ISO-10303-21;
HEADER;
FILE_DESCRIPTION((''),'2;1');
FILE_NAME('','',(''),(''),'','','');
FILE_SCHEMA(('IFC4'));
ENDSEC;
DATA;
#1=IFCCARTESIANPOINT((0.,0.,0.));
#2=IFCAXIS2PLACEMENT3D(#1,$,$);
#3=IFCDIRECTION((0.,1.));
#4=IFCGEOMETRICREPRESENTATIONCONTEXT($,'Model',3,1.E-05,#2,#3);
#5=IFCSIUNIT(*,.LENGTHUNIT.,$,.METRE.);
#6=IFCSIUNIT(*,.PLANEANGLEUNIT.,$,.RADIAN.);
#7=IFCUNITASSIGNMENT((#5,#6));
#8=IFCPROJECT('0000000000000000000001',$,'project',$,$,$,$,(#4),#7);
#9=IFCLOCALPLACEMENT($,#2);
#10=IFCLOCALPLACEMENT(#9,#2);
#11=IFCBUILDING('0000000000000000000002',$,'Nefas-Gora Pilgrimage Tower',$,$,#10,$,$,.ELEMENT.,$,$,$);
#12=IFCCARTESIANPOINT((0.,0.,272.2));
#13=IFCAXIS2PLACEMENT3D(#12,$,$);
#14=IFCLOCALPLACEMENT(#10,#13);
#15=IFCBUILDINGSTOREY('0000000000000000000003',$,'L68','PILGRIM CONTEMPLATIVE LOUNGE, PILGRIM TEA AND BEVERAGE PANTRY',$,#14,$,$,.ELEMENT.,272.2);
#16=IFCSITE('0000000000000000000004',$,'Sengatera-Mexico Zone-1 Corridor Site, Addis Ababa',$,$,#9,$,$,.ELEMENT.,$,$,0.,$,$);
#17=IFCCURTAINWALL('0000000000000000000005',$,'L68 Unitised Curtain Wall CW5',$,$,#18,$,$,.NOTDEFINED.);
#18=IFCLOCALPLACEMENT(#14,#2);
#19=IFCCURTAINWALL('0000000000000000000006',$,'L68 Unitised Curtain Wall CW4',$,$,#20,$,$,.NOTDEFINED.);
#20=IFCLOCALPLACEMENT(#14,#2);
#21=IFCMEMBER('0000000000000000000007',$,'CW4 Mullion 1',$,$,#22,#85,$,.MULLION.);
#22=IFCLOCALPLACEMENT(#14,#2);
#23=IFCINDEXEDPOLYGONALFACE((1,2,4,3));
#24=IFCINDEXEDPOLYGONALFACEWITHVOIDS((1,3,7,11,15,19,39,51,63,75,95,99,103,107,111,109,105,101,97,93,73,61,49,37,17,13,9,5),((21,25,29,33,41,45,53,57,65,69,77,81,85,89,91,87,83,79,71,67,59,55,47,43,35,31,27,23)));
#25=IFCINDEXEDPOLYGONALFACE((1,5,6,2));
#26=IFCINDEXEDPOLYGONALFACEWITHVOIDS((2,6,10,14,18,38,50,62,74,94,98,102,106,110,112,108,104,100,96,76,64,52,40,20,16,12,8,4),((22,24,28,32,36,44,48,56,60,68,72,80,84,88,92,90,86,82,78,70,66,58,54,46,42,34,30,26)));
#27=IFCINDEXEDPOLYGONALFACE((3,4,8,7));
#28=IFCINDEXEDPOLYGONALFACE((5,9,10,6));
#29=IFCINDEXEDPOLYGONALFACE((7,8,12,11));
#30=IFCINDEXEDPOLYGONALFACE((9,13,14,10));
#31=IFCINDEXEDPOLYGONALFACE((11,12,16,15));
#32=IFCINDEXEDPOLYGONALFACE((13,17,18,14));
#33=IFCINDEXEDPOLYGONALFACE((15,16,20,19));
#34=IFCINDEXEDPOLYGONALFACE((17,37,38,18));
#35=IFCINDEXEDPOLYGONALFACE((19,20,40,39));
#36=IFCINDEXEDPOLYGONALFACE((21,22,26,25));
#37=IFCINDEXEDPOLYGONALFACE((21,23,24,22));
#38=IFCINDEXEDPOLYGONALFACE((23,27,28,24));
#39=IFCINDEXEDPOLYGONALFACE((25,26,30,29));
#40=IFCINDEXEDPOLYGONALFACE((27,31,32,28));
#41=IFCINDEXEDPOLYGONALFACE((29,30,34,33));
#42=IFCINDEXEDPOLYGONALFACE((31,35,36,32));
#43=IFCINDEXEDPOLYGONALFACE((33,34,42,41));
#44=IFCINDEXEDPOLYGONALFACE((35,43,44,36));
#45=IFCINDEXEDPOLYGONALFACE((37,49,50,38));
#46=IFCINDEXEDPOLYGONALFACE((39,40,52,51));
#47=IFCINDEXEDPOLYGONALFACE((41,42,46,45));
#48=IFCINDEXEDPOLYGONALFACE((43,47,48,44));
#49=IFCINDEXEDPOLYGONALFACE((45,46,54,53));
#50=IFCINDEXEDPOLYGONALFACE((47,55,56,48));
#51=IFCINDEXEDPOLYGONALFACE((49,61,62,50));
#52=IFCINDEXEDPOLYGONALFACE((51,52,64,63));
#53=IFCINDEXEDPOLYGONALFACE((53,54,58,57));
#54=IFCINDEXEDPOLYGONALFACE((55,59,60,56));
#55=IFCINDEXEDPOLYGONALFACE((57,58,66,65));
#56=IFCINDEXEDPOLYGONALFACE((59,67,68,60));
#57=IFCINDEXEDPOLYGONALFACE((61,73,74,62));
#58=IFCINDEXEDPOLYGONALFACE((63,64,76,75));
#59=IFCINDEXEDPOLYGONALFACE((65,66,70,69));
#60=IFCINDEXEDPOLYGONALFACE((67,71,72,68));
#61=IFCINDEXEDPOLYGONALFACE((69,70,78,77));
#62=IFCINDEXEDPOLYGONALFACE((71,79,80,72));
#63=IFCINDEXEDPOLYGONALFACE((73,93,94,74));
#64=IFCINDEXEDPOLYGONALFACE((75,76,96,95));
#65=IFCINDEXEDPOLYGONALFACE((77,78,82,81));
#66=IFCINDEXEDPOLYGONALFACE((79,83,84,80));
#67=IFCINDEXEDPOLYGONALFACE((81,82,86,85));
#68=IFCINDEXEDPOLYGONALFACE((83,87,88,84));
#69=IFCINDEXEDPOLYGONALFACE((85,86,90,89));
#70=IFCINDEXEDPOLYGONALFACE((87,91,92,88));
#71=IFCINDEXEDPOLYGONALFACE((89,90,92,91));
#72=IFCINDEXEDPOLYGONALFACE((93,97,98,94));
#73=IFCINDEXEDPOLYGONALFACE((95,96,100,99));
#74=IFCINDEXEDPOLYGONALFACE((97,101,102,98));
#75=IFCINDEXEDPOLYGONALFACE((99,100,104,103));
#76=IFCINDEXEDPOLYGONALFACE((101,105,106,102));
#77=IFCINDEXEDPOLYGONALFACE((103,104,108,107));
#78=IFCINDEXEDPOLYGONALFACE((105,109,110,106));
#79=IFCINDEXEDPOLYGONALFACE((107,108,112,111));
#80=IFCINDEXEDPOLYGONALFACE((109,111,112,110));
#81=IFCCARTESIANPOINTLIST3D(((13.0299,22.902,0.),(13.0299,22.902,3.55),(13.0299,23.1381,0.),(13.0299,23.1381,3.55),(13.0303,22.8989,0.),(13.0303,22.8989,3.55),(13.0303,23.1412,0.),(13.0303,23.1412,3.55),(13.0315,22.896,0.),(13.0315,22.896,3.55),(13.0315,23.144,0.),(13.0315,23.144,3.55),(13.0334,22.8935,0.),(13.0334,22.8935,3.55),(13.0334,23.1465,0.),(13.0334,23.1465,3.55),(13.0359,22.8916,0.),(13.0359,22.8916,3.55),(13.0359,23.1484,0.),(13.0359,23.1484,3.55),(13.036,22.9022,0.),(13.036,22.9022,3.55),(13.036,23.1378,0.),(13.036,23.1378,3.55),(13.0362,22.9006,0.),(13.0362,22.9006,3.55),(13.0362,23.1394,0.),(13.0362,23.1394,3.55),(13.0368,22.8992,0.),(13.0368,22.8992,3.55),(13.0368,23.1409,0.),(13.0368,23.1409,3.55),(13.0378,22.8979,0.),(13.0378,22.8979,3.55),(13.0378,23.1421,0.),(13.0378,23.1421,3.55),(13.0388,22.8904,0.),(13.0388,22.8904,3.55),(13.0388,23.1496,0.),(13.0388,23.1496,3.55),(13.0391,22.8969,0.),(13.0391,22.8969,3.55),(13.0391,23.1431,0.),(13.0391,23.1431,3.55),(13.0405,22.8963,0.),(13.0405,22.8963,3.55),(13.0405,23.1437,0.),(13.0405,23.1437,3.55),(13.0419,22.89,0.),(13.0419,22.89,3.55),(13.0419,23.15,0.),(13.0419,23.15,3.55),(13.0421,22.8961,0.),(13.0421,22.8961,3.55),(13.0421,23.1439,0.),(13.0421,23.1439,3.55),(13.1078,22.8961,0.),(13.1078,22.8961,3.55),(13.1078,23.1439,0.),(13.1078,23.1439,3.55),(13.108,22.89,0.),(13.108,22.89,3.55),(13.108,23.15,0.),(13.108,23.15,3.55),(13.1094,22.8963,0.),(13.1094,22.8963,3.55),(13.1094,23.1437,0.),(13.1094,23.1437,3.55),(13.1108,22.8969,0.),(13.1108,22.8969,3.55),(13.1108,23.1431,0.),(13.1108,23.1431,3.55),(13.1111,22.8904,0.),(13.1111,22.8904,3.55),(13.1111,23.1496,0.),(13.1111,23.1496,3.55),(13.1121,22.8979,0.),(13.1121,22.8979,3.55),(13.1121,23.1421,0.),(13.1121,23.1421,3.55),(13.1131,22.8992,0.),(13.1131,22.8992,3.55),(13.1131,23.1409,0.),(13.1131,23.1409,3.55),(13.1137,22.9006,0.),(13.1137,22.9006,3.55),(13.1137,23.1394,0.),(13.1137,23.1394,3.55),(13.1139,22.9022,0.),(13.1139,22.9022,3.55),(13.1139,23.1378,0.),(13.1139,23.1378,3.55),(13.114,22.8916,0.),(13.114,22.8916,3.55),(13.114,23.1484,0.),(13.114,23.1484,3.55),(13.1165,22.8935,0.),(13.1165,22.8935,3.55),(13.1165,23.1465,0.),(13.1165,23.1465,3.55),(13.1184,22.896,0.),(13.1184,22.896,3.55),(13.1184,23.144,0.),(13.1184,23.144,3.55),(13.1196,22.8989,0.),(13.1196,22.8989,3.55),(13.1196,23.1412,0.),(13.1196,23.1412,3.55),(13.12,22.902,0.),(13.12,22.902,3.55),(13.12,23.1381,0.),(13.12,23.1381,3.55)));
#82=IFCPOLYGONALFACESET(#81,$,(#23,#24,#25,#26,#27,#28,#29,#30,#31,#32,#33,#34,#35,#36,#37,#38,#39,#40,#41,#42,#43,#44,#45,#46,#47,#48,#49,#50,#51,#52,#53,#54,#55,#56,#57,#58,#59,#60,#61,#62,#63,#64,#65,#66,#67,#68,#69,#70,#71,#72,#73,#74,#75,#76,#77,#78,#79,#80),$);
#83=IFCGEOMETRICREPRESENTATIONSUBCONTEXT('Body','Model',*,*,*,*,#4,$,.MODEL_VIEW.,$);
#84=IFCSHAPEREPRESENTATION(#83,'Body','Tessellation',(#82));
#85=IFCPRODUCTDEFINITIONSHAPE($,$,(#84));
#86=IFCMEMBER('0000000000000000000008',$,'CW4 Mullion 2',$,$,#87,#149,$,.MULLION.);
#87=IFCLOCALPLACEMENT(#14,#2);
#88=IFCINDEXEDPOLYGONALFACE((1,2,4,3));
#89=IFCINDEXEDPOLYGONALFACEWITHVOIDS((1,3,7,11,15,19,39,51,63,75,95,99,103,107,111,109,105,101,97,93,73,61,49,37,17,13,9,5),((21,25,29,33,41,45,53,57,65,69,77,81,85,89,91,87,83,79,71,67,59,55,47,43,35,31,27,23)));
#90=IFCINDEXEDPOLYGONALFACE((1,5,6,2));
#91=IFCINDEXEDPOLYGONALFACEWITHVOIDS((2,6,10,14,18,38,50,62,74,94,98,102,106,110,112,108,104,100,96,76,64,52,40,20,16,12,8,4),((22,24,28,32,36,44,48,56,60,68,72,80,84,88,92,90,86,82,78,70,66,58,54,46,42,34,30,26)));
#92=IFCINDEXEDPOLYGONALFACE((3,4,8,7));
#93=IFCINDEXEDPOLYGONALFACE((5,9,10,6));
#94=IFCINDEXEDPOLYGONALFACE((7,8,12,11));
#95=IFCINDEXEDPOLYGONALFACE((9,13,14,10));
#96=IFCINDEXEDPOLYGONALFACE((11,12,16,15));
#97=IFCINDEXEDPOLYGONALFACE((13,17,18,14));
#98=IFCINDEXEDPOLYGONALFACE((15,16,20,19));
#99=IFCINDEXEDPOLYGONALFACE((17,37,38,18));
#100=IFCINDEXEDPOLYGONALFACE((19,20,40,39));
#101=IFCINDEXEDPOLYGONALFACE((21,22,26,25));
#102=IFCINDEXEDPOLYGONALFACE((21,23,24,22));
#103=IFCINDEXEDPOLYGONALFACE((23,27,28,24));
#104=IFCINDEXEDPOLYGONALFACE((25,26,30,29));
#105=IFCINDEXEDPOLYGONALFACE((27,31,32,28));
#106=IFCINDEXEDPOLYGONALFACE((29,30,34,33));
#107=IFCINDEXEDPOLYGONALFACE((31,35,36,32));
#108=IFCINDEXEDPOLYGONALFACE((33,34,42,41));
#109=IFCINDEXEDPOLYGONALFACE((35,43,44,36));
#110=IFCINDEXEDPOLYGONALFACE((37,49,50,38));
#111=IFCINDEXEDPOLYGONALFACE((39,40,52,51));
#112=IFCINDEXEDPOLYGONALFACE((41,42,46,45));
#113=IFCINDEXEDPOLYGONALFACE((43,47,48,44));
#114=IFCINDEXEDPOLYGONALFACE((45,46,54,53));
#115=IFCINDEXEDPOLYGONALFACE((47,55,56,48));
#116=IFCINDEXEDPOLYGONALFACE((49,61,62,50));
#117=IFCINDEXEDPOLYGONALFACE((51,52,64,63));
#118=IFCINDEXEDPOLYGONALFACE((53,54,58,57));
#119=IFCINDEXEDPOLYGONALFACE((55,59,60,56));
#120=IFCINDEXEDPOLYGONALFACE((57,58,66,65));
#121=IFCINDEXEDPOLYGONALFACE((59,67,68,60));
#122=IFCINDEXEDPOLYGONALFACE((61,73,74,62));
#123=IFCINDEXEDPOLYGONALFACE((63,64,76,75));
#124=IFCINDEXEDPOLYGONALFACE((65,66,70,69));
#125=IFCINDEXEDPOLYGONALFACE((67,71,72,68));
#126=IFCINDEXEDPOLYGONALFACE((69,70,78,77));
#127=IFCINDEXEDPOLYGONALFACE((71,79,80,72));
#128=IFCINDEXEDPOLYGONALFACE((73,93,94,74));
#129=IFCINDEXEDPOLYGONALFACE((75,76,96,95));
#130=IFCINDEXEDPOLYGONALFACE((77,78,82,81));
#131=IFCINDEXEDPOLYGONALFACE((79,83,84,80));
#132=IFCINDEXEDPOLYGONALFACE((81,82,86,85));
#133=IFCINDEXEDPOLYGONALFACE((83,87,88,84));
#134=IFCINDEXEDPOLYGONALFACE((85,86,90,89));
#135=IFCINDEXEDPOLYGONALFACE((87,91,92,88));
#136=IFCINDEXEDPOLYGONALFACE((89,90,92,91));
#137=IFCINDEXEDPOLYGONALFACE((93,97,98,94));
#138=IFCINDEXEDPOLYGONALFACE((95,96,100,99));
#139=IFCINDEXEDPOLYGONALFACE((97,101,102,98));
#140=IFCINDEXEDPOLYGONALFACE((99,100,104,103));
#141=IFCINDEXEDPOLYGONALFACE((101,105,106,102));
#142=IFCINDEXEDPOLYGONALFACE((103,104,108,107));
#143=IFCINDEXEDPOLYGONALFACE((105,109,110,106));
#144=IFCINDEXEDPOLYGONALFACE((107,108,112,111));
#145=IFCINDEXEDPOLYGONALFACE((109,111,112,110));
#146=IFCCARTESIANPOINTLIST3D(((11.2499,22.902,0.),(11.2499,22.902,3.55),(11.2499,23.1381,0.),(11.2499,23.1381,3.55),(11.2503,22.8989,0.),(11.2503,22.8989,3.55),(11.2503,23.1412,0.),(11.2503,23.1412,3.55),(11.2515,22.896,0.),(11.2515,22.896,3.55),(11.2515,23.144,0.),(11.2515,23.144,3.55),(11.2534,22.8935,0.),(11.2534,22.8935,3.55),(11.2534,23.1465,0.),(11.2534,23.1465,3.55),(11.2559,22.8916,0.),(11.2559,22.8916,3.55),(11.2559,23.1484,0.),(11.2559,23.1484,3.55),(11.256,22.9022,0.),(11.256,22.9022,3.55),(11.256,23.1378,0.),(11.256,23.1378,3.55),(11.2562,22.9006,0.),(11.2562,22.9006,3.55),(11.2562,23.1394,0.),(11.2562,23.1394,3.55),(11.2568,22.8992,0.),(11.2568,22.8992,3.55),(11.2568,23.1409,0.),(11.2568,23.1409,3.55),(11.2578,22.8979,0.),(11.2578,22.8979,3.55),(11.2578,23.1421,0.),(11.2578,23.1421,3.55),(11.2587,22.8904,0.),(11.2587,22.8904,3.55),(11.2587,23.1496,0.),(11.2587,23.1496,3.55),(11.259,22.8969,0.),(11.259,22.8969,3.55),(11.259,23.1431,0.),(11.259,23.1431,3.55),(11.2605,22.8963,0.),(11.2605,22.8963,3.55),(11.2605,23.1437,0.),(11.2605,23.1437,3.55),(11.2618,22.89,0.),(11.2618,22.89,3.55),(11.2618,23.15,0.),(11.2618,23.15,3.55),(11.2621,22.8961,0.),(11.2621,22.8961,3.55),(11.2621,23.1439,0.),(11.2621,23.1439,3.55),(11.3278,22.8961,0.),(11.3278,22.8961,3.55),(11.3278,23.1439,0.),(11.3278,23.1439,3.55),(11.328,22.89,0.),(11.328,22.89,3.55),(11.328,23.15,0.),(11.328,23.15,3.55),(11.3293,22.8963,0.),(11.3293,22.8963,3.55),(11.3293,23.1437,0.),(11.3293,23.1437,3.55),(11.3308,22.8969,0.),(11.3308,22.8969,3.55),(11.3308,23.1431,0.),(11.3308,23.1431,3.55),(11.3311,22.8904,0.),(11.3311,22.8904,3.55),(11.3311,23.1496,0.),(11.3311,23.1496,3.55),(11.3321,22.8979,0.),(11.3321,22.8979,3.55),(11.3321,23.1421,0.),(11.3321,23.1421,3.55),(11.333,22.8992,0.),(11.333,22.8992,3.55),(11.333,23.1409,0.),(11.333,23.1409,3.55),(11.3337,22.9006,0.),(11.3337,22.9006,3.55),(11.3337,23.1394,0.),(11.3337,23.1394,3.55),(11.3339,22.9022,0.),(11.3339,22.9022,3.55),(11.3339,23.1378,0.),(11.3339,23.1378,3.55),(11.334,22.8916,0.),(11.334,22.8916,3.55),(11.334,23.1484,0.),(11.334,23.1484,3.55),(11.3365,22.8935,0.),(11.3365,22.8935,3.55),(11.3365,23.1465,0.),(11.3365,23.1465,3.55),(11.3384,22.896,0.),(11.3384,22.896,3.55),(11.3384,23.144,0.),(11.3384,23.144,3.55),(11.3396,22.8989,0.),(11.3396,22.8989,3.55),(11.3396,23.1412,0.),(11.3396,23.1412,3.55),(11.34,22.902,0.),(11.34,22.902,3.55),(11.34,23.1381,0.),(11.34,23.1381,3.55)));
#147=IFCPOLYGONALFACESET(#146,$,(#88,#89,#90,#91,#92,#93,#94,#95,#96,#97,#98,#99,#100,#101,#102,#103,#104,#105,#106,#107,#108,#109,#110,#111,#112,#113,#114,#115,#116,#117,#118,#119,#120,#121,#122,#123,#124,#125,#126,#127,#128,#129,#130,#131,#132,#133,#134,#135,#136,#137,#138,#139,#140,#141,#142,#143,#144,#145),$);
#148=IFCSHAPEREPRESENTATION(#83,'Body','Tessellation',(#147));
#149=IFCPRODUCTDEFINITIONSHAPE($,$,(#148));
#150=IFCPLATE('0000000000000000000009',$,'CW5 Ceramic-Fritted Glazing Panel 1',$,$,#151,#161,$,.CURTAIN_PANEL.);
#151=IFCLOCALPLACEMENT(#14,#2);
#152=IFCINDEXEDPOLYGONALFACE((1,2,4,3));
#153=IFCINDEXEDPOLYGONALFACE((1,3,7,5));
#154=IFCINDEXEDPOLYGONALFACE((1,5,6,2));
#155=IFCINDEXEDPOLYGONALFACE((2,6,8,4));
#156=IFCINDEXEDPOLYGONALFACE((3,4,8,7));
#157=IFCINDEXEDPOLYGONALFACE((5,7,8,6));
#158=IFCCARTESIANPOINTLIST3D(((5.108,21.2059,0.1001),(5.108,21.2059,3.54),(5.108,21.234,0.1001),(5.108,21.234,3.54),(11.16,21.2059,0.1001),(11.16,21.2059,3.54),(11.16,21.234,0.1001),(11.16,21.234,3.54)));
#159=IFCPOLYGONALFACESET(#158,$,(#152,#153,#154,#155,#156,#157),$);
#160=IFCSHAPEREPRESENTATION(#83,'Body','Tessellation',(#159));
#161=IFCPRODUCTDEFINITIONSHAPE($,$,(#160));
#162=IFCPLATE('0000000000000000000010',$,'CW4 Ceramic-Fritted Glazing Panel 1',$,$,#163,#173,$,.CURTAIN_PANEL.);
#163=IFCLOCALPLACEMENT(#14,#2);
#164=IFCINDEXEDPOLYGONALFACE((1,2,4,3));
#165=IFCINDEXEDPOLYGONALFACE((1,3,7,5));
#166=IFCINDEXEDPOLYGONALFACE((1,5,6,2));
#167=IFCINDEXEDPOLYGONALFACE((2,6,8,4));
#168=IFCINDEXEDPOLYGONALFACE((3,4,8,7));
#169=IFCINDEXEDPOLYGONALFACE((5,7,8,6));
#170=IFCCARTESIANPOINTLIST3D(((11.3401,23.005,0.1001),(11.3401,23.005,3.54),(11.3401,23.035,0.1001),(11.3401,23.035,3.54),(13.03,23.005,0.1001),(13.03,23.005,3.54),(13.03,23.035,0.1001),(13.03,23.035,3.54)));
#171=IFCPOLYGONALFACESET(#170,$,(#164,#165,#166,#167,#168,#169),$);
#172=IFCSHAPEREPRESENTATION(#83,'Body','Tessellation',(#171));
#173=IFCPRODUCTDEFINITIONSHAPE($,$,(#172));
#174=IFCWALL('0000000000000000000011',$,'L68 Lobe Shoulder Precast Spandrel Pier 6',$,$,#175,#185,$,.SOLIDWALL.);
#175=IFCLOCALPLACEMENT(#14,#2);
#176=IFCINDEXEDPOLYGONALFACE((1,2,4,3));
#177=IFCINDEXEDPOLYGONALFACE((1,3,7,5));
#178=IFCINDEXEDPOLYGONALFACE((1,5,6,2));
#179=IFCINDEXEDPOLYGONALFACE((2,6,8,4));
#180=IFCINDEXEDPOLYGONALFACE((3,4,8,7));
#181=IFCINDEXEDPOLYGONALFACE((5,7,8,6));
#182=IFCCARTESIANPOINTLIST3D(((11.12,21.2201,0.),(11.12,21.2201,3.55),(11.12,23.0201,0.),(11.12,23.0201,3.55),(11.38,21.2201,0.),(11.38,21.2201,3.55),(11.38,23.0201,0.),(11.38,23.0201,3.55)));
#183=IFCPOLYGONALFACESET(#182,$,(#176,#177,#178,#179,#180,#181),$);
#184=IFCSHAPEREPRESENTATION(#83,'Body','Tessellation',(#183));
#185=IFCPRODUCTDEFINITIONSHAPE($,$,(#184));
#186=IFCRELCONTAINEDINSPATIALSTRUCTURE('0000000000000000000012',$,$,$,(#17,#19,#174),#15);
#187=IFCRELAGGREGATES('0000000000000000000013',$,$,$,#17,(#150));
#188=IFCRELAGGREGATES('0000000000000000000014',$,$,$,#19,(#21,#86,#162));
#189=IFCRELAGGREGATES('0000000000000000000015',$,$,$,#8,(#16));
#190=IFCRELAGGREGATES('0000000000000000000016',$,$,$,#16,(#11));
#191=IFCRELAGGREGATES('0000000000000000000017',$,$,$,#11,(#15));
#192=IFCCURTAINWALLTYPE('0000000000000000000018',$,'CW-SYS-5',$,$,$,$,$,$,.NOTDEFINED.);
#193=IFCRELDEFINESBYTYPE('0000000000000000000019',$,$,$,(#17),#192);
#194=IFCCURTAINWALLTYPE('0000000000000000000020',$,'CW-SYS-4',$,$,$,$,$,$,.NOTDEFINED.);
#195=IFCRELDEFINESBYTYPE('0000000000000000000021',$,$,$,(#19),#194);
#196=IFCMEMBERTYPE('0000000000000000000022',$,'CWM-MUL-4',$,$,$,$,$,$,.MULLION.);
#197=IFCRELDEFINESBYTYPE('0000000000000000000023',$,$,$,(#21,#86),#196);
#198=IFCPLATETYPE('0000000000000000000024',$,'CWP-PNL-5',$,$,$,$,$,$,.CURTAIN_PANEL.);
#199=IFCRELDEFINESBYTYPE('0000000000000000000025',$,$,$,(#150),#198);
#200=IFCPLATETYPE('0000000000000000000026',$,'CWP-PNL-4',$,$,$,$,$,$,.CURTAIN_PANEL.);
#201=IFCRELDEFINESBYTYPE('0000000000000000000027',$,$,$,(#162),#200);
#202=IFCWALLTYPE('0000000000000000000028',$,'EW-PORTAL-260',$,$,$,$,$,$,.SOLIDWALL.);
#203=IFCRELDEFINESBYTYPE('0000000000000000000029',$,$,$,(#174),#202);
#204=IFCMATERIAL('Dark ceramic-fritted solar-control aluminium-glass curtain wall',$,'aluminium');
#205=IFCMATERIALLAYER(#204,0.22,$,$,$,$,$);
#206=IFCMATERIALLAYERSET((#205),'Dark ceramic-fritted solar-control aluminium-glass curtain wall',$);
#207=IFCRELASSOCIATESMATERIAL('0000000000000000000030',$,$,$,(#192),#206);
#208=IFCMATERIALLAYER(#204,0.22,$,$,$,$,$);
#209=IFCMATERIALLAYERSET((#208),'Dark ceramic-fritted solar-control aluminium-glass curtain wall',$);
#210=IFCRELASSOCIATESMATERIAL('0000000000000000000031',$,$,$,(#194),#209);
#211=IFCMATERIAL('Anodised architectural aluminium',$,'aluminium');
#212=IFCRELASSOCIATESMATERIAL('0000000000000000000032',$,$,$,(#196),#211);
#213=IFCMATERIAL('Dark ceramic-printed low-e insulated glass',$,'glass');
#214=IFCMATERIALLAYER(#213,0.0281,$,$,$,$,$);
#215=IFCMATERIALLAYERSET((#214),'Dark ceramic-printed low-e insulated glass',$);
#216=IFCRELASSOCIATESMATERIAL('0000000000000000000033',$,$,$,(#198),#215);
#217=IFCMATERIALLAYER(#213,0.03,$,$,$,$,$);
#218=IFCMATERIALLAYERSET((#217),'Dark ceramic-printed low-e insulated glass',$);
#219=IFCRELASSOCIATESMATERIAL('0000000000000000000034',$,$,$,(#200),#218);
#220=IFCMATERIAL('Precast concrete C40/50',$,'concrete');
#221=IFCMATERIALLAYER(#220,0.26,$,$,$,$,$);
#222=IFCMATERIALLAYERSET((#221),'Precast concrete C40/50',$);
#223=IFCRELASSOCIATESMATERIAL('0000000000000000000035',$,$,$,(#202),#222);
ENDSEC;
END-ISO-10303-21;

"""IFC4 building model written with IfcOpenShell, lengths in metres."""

from ifc_helpers import new_model, si_unit, direction, frame, frame_2d, origin, origin_2d, place, context, subcontext, project, spatial, rectangle, hollow_rectangle, extrude, source, transform, mapped, material, layer, layer_set, material_profile, profile_set, type_object, element, aggregate, save


model = new_model("IFC4")

# Units and contexts
model_context = context("Model", 3, precision=1e-05, world=origin(), true_north=direction((0.0, 1.0)))
body_context = subcontext(model_context, "Body", "Model", "MODEL_VIEW")
ifc_project = project(units=[si_unit("LENGTHUNIT", "METRE"), si_unit("PLANEANGLEUNIT", "RADIAN")], contexts=[model_context])

# Site, building, storey
site_placement = place(None, origin())
site = spatial("IfcSite", under=ifc_project, at=site_placement, Name="Sengatera-Mexico Zone-1 Corridor Site, Addis Ababa", CompositionType="ELEMENT", RefElevation=0.0)
building_placement = place(site_placement, origin())
building = spatial("IfcBuilding", under=site, at=building_placement, Name="Nefas-Gora Pilgrimage Tower", CompositionType="ELEMENT")
storey_placement = place(building_placement, frame((0.0, 0.0, 272.2)))
storey = spatial("IfcBuildingStorey", under=building, at=storey_placement, Name="L68", Description="PILGRIM CONTEMPLATIVE LOUNGE, PILGRIM TEA AND BEVERAGE PANTRY", CompositionType="ELEMENT", Elevation=272.2)

# Curtain wall
ifc_material_1 = material(Name="Dark ceramic-fritted solar-control aluminium-glass curtain wall", Category="aluminium")
ifc_layer_1 = layer(ifc_material_1, 0.22)
ifc_layer_set_1 = layer_set([ifc_layer_1], Name="Dark ceramic-fritted solar-control aluminium-glass curtain wall")
curtain_wall_type_1 = type_object("IfcCurtainWallType", Name="CW-SYS-5", PredefinedType="NOTDEFINED", material=ifc_layer_set_1)
curtain_wall_1_placement = place(storey_placement, origin())
curtain_wall_1 = element("IfcCurtainWall", 1, at=curtain_wall_1_placement, inside=storey, type_object=curtain_wall_type_1, Name="L68 Unitised Curtain Wall CW5", PredefinedType="NOTDEFINED")
ifc_material_2 = material(Name="Anodised architectural aluminium", Category="aluminium")

# Curtain wall
ifc_layer_2 = layer(ifc_material_1, 0.22)
ifc_layer_set_2 = layer_set([ifc_layer_2], Name="Dark ceramic-fritted solar-control aluminium-glass curtain wall")
curtain_wall_type_2 = type_object("IfcCurtainWallType", Name="CW-SYS-4", PredefinedType="NOTDEFINED", material=ifc_layer_set_2)
curtain_wall_2_placement = place(storey_placement, origin())
curtain_wall_2 = element("IfcCurtainWall", 2, at=curtain_wall_2_placement, inside=storey, type_object=curtain_wall_type_2, Name="L68 Unitised Curtain Wall CW4", PredefinedType="NOTDEFINED")
ifc_material_profile_1 = material_profile(ifc_material_2, hollow_rectangle(XDim=0.0901, YDim=0.26, WallThickness=0.0061, InnerFilletRadius=0.0061, OuterFilletRadius=0.012, at=origin_2d()), Name="ALU MULLION 90x260")
ifc_profile_set_1 = profile_set([ifc_material_profile_1], Name="Anodised architectural aluminium")
member_type_1 = type_object("IfcMemberType", Name="CWM-MUL-4", PredefinedType="MULLION", material=ifc_profile_set_1)
shared_shape_1 = source(origin(), body_context, "Body", "SweptSolid", [
    extrude(hollow_rectangle(XDim=0.0901, YDim=0.26, WallThickness=0.0061, InnerFilletRadius=0.0061, OuterFilletRadius=0.012, at=origin_2d()), origin(), (0.0, 0.0, 1.0), 3.55),
])

# Members
member_1_placement = place(storey_placement, frame((13.075, 23.02, 0.0), z_axis=(0.0, 0.0, 1.0), x_axis=(-1.0, 0.0, 0.0)))
member_1 = element("IfcMember", 3, at=member_1_placement, type_object=member_type_1, Name="CW4 Mullion 1", PredefinedType="MULLION", context=body_context, shape_type="MappedRepresentation", body=[
    mapped(shared_shape_1, transform((0.0, 0.0, 0.0), x_axis=(1.0, 0.0, 0.0), y_axis=(0.0, 1.0, 0.0), z_axis=(0.0, 0.0, 1.0), scale=1.0)),
])
member_2_placement = place(storey_placement, frame((11.2949, 23.02, 0.0), z_axis=(0.0, 0.0, 1.0), x_axis=(-1.0, 0.0, 0.0)))
member_2 = element("IfcMember", 4, at=member_2_placement, type_object=member_type_1, Name="CW4 Mullion 2", PredefinedType="MULLION", context=body_context, shape_type="MappedRepresentation", body=[
    mapped(shared_shape_1, transform((0.0, 0.0, 0.0), x_axis=(1.0, 0.0, 0.0), y_axis=(0.0, 1.0, 0.0), z_axis=(0.0, 0.0, 1.0), scale=1.0)),
])

# Plates
ifc_material_3 = material(Name="Dark ceramic-printed low-e insulated glass", Category="glass")
ifc_layer_3 = layer(ifc_material_3, 0.0281)
ifc_layer_set_3 = layer_set([ifc_layer_3], Name="Dark ceramic-printed low-e insulated glass")
plate_type_1 = type_object("IfcPlateType", Name="CWP-PNL-5", PredefinedType="CURTAIN_PANEL", material=ifc_layer_set_3)
shared_shape_2 = source(origin(), body_context, "Body", "SweptSolid", [
    extrude(rectangle(XDim=6.052, YDim=0.0281, at=origin_2d()), origin(), (0.0, 0.0, 1.0), 3.4399),
])
plate_1_placement = place(storey_placement, frame((8.134, 21.22, 0.1001), z_axis=(0.0, 0.0, 1.0), x_axis=(-1.0, 0.0, 0.0)))
plate_1 = element("IfcPlate", 5, at=plate_1_placement, type_object=plate_type_1, Name="CW5 Ceramic-Fritted Glazing Panel 1", PredefinedType="CURTAIN_PANEL", context=body_context, shape_type="MappedRepresentation", body=[
    mapped(shared_shape_2, transform((0.0, 0.0, 0.0), x_axis=(1.0, 0.0, 0.0), y_axis=(0.0, 1.0, 0.0), z_axis=(0.0, 0.0, 1.0), scale=1.0)),
])
aggregate(curtain_wall_1, [plate_1])
ifc_layer_4 = layer(ifc_material_3, 0.03)
ifc_layer_set_4 = layer_set([ifc_layer_4], Name="Dark ceramic-printed low-e insulated glass")
plate_type_2 = type_object("IfcPlateType", Name="CWP-PNL-4", PredefinedType="CURTAIN_PANEL", material=ifc_layer_set_4)
shared_shape_3 = source(origin(), body_context, "Body", "SweptSolid", [
    extrude(rectangle(XDim=1.6899, YDim=0.03, at=origin_2d()), origin(), (0.0, 0.0, 1.0), 3.4399),
])
plate_2_placement = place(storey_placement, frame((12.1851, 23.02, 0.1001), z_axis=(0.0, 0.0, 1.0), x_axis=(-1.0, 0.0, 0.0)))
plate_2 = element("IfcPlate", 6, at=plate_2_placement, type_object=plate_type_2, Name="CW4 Ceramic-Fritted Glazing Panel 1", PredefinedType="CURTAIN_PANEL", context=body_context, shape_type="MappedRepresentation", body=[
    mapped(shared_shape_3, transform((0.0, 0.0, 0.0), x_axis=(1.0, 0.0, 0.0), y_axis=(0.0, 1.0, 0.0), z_axis=(0.0, 0.0, 1.0), scale=1.0)),
])
aggregate(curtain_wall_2, [member_1, member_2, plate_2])

# Wall
ifc_material_4 = material(Name="Precast concrete C40/50", Category="concrete")
ifc_layer_5 = layer(ifc_material_4, 0.26)
ifc_layer_set_5 = layer_set([ifc_layer_5], Name="Precast concrete C40/50")
wall_type_1 = type_object("IfcWallType", Name="EW-PORTAL-260", PredefinedType="SOLIDWALL", material=ifc_layer_set_5)
shared_shape_4 = source(origin(), body_context, "Body", "SweptSolid", [
    extrude(rectangle(XDim=1.8, YDim=0.26, at=frame_2d((0.8999, 0.0))), origin(), (0.0, 0.0, 1.0), 3.55),
])
wall_1_placement = place(storey_placement, frame((11.25, 23.02, 0.0), z_axis=(0.0, 0.0, 1.0), x_axis=(0.0, -1.0, 0.0)))
element("IfcWall", 7, at=wall_1_placement, inside=storey, type_object=wall_type_1, Name="L68 Lobe Shoulder Precast Spandrel Pier 6", PredefinedType="SOLIDWALL", context=body_context, shape_type="MappedRepresentation", body=[
    mapped(shared_shape_4, transform((0.0, 0.0, 0.0), x_axis=(1.0, 0.0, 0.0), y_axis=(0.0, 1.0, 0.0), z_axis=(0.0, 0.0, 1.0), scale=1.0)),
])

save(model, "model.ifc")
